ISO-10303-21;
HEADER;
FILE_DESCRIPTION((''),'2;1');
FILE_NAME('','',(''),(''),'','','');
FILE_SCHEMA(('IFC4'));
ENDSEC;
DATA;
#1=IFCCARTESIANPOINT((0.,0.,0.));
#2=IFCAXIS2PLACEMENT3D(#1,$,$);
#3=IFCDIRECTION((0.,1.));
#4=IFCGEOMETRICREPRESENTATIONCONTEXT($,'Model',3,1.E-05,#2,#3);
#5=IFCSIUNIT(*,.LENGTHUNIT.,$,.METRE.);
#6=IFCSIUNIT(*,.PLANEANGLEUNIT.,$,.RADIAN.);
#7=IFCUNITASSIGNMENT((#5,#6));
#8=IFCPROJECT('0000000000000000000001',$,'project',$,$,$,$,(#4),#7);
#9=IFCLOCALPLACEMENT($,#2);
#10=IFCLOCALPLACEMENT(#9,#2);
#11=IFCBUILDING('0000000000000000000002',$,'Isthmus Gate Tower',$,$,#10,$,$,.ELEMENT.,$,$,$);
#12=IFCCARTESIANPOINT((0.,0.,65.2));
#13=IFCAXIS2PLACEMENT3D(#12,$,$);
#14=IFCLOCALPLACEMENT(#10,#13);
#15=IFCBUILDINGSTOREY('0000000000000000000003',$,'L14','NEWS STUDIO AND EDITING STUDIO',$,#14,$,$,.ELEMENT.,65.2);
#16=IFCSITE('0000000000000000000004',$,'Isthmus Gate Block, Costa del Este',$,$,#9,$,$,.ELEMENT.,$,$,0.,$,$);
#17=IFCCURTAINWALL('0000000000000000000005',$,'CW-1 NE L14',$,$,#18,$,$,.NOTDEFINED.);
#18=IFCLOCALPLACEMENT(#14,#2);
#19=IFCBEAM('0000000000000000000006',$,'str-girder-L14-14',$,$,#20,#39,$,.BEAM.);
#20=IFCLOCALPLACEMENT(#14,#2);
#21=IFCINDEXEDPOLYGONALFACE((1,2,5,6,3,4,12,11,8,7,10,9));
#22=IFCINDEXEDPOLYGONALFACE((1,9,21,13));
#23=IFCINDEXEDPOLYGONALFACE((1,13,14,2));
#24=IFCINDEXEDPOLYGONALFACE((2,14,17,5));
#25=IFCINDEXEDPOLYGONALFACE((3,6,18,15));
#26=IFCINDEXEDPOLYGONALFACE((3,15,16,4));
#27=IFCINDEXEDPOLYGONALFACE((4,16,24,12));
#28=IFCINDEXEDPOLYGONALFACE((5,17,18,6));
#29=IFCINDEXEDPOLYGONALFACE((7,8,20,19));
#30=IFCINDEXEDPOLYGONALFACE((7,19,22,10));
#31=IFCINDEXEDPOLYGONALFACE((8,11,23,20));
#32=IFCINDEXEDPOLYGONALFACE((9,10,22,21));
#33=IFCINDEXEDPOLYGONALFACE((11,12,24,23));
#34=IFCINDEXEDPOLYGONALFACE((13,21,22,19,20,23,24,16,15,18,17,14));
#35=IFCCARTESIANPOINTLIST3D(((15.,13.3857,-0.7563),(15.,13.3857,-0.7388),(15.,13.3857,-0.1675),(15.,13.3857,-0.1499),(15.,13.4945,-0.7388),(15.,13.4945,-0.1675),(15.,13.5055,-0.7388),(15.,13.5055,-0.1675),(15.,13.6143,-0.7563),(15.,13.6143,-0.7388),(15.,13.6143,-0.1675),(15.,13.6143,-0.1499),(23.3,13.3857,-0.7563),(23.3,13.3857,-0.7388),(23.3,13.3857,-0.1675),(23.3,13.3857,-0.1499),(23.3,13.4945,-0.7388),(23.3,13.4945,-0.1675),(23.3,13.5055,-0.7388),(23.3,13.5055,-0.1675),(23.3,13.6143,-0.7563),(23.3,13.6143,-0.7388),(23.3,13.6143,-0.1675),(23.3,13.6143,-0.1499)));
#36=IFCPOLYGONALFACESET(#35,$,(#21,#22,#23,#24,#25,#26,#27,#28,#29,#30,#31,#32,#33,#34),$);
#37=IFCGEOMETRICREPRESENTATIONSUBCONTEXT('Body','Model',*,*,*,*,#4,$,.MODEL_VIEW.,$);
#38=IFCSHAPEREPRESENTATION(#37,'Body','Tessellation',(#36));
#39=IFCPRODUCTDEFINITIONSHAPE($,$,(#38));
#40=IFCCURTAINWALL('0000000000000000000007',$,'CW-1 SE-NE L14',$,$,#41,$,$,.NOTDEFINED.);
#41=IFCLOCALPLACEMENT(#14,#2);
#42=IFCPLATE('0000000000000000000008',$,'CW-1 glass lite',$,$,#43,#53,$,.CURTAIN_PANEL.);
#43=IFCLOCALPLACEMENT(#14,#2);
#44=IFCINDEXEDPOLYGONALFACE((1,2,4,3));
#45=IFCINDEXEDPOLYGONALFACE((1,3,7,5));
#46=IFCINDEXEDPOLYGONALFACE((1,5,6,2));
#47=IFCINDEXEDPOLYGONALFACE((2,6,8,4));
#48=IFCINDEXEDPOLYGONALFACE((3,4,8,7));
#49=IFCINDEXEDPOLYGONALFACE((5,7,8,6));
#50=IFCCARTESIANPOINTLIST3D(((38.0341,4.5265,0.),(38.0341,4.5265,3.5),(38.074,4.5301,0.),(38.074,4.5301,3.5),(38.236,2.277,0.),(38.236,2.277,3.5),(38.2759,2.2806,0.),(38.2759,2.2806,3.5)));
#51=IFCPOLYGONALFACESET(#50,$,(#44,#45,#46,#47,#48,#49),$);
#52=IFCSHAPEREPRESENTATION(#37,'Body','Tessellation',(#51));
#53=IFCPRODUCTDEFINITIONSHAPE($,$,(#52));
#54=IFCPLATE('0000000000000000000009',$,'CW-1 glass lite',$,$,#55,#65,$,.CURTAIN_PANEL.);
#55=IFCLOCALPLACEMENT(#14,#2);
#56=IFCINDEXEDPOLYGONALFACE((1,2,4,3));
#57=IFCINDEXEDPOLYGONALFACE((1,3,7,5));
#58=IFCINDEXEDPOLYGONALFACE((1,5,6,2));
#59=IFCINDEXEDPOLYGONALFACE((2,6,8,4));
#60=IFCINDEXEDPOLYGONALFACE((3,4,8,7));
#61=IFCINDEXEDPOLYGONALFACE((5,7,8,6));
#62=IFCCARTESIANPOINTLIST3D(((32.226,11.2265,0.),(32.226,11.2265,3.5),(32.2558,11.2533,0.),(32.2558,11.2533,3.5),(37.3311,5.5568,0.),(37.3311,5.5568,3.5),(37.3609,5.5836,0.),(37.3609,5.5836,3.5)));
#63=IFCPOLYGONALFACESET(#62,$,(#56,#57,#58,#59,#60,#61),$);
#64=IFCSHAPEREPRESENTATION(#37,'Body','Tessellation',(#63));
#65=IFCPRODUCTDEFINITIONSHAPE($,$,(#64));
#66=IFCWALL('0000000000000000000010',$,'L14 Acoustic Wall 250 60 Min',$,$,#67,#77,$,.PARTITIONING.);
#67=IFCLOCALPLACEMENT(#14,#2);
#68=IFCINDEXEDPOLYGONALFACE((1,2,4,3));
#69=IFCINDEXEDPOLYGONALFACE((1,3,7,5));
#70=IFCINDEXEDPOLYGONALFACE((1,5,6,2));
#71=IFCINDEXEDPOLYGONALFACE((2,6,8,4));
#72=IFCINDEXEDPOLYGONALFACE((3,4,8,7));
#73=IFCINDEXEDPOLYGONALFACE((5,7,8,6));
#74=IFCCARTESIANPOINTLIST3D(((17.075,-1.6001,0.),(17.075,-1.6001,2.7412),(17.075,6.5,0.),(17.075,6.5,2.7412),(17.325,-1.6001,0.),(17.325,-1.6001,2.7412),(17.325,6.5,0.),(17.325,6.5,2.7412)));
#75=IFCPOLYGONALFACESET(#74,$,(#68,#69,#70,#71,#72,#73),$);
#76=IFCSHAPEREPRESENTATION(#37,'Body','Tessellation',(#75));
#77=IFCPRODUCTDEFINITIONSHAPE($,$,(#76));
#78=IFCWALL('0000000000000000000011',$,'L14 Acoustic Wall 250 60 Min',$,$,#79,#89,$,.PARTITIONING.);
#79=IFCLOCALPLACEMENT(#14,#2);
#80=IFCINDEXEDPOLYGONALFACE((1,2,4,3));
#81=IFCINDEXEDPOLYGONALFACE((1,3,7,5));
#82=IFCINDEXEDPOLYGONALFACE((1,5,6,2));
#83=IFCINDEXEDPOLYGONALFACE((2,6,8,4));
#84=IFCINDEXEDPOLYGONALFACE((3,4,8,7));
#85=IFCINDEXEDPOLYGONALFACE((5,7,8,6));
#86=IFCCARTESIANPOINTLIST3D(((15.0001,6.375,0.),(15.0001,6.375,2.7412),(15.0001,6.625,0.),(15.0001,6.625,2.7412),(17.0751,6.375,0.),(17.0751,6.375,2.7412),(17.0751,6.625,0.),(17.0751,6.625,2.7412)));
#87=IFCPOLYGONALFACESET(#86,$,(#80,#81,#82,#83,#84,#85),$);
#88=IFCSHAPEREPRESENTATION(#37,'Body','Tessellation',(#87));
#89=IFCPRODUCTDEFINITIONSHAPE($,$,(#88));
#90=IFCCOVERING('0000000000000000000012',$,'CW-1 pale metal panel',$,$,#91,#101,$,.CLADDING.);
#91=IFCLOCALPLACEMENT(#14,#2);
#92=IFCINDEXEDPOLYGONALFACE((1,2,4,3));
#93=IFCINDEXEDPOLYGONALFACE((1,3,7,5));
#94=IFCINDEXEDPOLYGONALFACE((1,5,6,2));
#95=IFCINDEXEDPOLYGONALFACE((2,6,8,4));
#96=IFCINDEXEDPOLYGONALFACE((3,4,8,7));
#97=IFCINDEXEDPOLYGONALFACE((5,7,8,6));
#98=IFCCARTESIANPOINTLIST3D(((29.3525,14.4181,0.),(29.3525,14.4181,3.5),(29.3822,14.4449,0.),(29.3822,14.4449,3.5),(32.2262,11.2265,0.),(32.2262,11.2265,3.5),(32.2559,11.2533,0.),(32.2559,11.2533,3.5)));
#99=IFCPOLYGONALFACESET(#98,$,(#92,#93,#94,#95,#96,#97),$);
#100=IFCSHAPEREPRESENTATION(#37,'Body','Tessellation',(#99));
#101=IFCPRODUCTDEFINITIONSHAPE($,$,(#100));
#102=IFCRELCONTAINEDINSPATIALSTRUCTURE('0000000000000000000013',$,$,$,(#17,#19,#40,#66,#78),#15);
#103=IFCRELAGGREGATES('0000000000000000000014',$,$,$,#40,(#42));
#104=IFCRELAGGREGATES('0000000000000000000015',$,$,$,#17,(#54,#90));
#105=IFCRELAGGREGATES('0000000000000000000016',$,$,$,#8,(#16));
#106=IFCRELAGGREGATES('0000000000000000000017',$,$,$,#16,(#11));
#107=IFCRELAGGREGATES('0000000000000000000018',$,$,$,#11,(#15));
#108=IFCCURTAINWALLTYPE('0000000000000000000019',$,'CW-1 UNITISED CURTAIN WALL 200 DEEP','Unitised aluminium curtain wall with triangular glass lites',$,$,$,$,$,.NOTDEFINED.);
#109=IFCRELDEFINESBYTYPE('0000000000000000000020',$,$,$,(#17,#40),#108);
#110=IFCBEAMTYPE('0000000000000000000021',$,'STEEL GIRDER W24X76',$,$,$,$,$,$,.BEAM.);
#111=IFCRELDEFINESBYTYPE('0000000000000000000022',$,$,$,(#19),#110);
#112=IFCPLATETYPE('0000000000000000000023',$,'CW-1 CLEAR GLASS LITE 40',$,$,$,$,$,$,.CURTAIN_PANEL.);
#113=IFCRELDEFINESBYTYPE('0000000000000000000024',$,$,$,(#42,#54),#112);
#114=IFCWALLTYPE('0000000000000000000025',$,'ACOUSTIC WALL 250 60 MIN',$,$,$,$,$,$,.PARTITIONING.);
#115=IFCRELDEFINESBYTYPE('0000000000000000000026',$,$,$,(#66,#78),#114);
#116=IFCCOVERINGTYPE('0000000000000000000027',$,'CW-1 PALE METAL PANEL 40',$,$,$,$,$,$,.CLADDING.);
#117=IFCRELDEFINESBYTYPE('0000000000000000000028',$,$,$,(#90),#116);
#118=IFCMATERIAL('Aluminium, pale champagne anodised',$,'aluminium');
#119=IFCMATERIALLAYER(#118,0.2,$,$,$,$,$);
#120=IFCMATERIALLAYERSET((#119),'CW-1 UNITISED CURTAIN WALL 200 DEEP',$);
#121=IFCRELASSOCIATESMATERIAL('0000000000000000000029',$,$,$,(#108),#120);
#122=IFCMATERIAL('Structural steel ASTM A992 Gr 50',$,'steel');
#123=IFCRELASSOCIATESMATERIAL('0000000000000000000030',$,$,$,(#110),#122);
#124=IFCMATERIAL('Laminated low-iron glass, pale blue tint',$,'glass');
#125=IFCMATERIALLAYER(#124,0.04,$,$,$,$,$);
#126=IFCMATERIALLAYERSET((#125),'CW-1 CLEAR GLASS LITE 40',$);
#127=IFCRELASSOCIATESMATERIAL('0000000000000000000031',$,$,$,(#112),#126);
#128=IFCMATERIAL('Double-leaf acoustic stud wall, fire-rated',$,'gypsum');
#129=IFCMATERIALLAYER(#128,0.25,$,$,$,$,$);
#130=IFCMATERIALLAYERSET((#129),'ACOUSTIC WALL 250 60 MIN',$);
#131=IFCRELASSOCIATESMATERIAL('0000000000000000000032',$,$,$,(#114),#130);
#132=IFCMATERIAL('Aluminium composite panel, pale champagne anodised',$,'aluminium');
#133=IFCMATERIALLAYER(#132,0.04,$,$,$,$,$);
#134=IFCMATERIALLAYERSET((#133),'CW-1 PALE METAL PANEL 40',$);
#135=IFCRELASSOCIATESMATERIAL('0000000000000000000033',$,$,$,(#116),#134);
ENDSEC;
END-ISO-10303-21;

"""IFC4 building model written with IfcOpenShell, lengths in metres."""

from ifc_helpers import new_model, si_unit, direction, frame, frame_2d, origin, origin_2d, place, context, subcontext, project, spatial, rectangle, i_section, extrude, material, layer, layer_set, material_profile, profile_set, type_object, element, aggregate, save


model = new_model("IFC4")

# Units and contexts
model_context = context("Model", 3, precision=1e-05, world=origin(), true_north=direction((0.0, 1.0)))
body_context = subcontext(model_context, "Body", "Model", "MODEL_VIEW")
ifc_project = project(units=[si_unit("LENGTHUNIT", "METRE"), si_unit("PLANEANGLEUNIT", "RADIAN")], contexts=[model_context])

# Site, building, storey
site_placement = place(None, origin())
site = spatial("IfcSite", under=ifc_project, at=site_placement, Name="Isthmus Gate Block, Costa del Este", CompositionType="ELEMENT", RefElevation=0.0)
building_placement = place(site_placement, origin())
building = spatial("IfcBuilding", under=site, at=building_placement, Name="Isthmus Gate Tower", CompositionType="ELEMENT")
storey_placement = place(building_placement, frame((0.0, 0.0, 65.2)))
storey = spatial("IfcBuildingStorey", under=building, at=storey_placement, Name="L14", Description="NEWS STUDIO AND EDITING STUDIO", CompositionType="ELEMENT", Elevation=65.2)

# Curtain wall
ifc_material_1 = material(Name="Aluminium, pale champagne anodised", Category="aluminium")
ifc_layer_1 = layer(ifc_material_1, 0.2)
ifc_layer_set_1 = layer_set([ifc_layer_1], Name="CW-1 UNITISED CURTAIN WALL 200 DEEP")
curtain_wall_type = type_object("IfcCurtainWallType", Name="CW-1 UNITISED CURTAIN WALL 200 DEEP", Description="Unitised aluminium curtain wall with triangular glass lites", PredefinedType="NOTDEFINED", material=ifc_layer_set_1)
curtain_wall_1_placement = place(storey_placement, origin())
curtain_wall_1 = element("IfcCurtainWall", 1, at=curtain_wall_1_placement, inside=storey, type_object=curtain_wall_type, Name="CW-1 NE L14", PredefinedType="NOTDEFINED")

# Beam
ifc_material_2 = material(Name="Structural steel ASTM A992 Gr 50", Category="steel")
ifc_material_profile_1 = material_profile(ifc_material_2, i_section(OverallWidth=0.2285, OverallDepth=0.6064, WebThickness=0.011, FlangeThickness=0.0176, at=origin_2d()), Name="W24X76")
ifc_profile_set_1 = profile_set([ifc_material_profile_1], Name="Structural steel ASTM A992 Gr 50")
beam_type_1 = type_object("IfcBeamType", Name="STEEL GIRDER W24X76", PredefinedType="BEAM", material=ifc_profile_set_1)
beam_1_placement = place(storey_placement, frame((15.0, 13.5, -0.4531), z_axis=(1.0, 0.0, 0.0), x_axis=(0.0, 1.0, 0.0)))
element("IfcBeam", 2, at=beam_1_placement, inside=storey, type_object=beam_type_1, Name="str-girder-L14-14", PredefinedType="BEAM", context=body_context, shape_type="SweptSolid", body=[
    extrude(i_section(OverallWidth=0.2285, OverallDepth=0.6064, WebThickness=0.011, FlangeThickness=0.0176, at=origin_2d()), origin(), (0.0, 0.0, 1.0), 8.3),
])

# Curtain wall, plate
curtain_wall_2_placement = place(storey_placement, origin())
curtain_wall_2 = element("IfcCurtainWall", 3, at=curtain_wall_2_placement, inside=storey, type_object=curtain_wall_type, Name="CW-1 SE-NE L14", PredefinedType="NOTDEFINED")
ifc_material_3 = material(Name="Laminated low-iron glass, pale blue tint", Category="glass")
ifc_layer_2 = layer(ifc_material_3, 0.04)
ifc_layer_set_2 = layer_set([ifc_layer_2], Name="CW-1 CLEAR GLASS LITE 40")
plate_type = type_object("IfcPlateType", Name="CW-1 CLEAR GLASS LITE 40", PredefinedType="CURTAIN_PANEL", material=ifc_layer_set_2)
plate_1_placement = place(storey_placement, frame((38.155, 3.4036, 0.0), z_axis=(0.0, 0.0, 1.0), x_axis=(-0.089397, 0.995996, 0.0)))
plate_1 = element("IfcPlate", 4, at=plate_1_placement, type_object=plate_type, Name="CW-1 glass lite", PredefinedType="CURTAIN_PANEL", context=body_context, shape_type="SweptSolid", body=[
    extrude(rectangle(XDim=2.2585, YDim=0.04, at=origin_2d()), origin(), (0.0, 0.0, 1.0), 3.5),
])
aggregate(curtain_wall_2, [plate_1])

# Plate
plate_2_placement = place(storey_placement, frame((34.7935, 8.405, 0.0), z_axis=(0.0, 0.0, 1.0), x_axis=(-0.669131, 0.743145, 0.0)))
plate_2 = element("IfcPlate", 5, at=plate_2_placement, type_object=plate_type, Name="CW-1 glass lite", PredefinedType="CURTAIN_PANEL", context=body_context, shape_type="SweptSolid", body=[
    extrude(rectangle(XDim=7.6294, YDim=0.04, at=origin_2d()), origin(), (0.0, 0.0, 1.0), 3.5),
])

# Walls
ifc_material_4 = material(Name="Double-leaf acoustic stud wall, fire-rated", Category="gypsum")
ifc_layer_3 = layer(ifc_material_4, 0.25)
ifc_layer_set_3 = layer_set([ifc_layer_3], Name="ACOUSTIC WALL 250 60 MIN")
wall_type = type_object("IfcWallType", Name="ACOUSTIC WALL 250 60 MIN", PredefinedType="PARTITIONING", material=ifc_layer_set_3)
wall_1_placement = place(storey_placement, frame((17.2, 6.5, 0.0), z_axis=(0.0, 0.0, 1.0), x_axis=(0.0, -1.0, 0.0)))
element("IfcWall", 6, at=wall_1_placement, inside=storey, type_object=wall_type, Name="L14 Acoustic Wall 250 60 Min", PredefinedType="PARTITIONING", context=body_context, shape_type="SweptSolid", body=[
    extrude(rectangle(XDim=8.1001, YDim=0.25, at=frame_2d((4.05, 0.0))), origin(), (0.0, 0.0, 1.0), 2.7412),
])
wall_2_placement = place(storey_placement, frame((15.0, 6.5, 0.0), z_axis=(0.0, 0.0, 1.0), x_axis=(1.0, 0.0, 0.0)))
element("IfcWall", 7, at=wall_2_placement, inside=storey, type_object=wall_type, Name="L14 Acoustic Wall 250 60 Min", PredefinedType="PARTITIONING", context=body_context, shape_type="SweptSolid", body=[
    extrude(rectangle(XDim=2.075, YDim=0.25, at=frame_2d((1.0376, 0.0))), origin(), (0.0, 0.0, 1.0), 2.7412),
])

# Covering
ifc_material_5 = material(Name="Aluminium composite panel, pale champagne anodised", Category="aluminium")
ifc_layer_4 = layer(ifc_material_5, 0.04)
ifc_layer_set_4 = layer_set([ifc_layer_4], Name="CW-1 PALE METAL PANEL 40")
covering_type = type_object("IfcCoveringType", Name="CW-1 PALE METAL PANEL 40", PredefinedType="CLADDING", material=ifc_layer_set_4)
covering_placement = place(storey_placement, frame((30.8042, 12.8357, 0.0), z_axis=(0.0, 0.0, 1.0), x_axis=(-0.669131, 0.743145, 0.0)))
covering = element("IfcCovering", 8, at=covering_placement, type_object=covering_type, Name="CW-1 pale metal panel", PredefinedType="CLADDING", context=body_context, shape_type="SweptSolid", body=[
    extrude(rectangle(XDim=4.2947, YDim=0.04, at=origin_2d()), origin(), (0.0, 0.0, 1.0), 3.5),
])
aggregate(curtain_wall_1, [plate_2, covering])

save(model, "model.ifc")
